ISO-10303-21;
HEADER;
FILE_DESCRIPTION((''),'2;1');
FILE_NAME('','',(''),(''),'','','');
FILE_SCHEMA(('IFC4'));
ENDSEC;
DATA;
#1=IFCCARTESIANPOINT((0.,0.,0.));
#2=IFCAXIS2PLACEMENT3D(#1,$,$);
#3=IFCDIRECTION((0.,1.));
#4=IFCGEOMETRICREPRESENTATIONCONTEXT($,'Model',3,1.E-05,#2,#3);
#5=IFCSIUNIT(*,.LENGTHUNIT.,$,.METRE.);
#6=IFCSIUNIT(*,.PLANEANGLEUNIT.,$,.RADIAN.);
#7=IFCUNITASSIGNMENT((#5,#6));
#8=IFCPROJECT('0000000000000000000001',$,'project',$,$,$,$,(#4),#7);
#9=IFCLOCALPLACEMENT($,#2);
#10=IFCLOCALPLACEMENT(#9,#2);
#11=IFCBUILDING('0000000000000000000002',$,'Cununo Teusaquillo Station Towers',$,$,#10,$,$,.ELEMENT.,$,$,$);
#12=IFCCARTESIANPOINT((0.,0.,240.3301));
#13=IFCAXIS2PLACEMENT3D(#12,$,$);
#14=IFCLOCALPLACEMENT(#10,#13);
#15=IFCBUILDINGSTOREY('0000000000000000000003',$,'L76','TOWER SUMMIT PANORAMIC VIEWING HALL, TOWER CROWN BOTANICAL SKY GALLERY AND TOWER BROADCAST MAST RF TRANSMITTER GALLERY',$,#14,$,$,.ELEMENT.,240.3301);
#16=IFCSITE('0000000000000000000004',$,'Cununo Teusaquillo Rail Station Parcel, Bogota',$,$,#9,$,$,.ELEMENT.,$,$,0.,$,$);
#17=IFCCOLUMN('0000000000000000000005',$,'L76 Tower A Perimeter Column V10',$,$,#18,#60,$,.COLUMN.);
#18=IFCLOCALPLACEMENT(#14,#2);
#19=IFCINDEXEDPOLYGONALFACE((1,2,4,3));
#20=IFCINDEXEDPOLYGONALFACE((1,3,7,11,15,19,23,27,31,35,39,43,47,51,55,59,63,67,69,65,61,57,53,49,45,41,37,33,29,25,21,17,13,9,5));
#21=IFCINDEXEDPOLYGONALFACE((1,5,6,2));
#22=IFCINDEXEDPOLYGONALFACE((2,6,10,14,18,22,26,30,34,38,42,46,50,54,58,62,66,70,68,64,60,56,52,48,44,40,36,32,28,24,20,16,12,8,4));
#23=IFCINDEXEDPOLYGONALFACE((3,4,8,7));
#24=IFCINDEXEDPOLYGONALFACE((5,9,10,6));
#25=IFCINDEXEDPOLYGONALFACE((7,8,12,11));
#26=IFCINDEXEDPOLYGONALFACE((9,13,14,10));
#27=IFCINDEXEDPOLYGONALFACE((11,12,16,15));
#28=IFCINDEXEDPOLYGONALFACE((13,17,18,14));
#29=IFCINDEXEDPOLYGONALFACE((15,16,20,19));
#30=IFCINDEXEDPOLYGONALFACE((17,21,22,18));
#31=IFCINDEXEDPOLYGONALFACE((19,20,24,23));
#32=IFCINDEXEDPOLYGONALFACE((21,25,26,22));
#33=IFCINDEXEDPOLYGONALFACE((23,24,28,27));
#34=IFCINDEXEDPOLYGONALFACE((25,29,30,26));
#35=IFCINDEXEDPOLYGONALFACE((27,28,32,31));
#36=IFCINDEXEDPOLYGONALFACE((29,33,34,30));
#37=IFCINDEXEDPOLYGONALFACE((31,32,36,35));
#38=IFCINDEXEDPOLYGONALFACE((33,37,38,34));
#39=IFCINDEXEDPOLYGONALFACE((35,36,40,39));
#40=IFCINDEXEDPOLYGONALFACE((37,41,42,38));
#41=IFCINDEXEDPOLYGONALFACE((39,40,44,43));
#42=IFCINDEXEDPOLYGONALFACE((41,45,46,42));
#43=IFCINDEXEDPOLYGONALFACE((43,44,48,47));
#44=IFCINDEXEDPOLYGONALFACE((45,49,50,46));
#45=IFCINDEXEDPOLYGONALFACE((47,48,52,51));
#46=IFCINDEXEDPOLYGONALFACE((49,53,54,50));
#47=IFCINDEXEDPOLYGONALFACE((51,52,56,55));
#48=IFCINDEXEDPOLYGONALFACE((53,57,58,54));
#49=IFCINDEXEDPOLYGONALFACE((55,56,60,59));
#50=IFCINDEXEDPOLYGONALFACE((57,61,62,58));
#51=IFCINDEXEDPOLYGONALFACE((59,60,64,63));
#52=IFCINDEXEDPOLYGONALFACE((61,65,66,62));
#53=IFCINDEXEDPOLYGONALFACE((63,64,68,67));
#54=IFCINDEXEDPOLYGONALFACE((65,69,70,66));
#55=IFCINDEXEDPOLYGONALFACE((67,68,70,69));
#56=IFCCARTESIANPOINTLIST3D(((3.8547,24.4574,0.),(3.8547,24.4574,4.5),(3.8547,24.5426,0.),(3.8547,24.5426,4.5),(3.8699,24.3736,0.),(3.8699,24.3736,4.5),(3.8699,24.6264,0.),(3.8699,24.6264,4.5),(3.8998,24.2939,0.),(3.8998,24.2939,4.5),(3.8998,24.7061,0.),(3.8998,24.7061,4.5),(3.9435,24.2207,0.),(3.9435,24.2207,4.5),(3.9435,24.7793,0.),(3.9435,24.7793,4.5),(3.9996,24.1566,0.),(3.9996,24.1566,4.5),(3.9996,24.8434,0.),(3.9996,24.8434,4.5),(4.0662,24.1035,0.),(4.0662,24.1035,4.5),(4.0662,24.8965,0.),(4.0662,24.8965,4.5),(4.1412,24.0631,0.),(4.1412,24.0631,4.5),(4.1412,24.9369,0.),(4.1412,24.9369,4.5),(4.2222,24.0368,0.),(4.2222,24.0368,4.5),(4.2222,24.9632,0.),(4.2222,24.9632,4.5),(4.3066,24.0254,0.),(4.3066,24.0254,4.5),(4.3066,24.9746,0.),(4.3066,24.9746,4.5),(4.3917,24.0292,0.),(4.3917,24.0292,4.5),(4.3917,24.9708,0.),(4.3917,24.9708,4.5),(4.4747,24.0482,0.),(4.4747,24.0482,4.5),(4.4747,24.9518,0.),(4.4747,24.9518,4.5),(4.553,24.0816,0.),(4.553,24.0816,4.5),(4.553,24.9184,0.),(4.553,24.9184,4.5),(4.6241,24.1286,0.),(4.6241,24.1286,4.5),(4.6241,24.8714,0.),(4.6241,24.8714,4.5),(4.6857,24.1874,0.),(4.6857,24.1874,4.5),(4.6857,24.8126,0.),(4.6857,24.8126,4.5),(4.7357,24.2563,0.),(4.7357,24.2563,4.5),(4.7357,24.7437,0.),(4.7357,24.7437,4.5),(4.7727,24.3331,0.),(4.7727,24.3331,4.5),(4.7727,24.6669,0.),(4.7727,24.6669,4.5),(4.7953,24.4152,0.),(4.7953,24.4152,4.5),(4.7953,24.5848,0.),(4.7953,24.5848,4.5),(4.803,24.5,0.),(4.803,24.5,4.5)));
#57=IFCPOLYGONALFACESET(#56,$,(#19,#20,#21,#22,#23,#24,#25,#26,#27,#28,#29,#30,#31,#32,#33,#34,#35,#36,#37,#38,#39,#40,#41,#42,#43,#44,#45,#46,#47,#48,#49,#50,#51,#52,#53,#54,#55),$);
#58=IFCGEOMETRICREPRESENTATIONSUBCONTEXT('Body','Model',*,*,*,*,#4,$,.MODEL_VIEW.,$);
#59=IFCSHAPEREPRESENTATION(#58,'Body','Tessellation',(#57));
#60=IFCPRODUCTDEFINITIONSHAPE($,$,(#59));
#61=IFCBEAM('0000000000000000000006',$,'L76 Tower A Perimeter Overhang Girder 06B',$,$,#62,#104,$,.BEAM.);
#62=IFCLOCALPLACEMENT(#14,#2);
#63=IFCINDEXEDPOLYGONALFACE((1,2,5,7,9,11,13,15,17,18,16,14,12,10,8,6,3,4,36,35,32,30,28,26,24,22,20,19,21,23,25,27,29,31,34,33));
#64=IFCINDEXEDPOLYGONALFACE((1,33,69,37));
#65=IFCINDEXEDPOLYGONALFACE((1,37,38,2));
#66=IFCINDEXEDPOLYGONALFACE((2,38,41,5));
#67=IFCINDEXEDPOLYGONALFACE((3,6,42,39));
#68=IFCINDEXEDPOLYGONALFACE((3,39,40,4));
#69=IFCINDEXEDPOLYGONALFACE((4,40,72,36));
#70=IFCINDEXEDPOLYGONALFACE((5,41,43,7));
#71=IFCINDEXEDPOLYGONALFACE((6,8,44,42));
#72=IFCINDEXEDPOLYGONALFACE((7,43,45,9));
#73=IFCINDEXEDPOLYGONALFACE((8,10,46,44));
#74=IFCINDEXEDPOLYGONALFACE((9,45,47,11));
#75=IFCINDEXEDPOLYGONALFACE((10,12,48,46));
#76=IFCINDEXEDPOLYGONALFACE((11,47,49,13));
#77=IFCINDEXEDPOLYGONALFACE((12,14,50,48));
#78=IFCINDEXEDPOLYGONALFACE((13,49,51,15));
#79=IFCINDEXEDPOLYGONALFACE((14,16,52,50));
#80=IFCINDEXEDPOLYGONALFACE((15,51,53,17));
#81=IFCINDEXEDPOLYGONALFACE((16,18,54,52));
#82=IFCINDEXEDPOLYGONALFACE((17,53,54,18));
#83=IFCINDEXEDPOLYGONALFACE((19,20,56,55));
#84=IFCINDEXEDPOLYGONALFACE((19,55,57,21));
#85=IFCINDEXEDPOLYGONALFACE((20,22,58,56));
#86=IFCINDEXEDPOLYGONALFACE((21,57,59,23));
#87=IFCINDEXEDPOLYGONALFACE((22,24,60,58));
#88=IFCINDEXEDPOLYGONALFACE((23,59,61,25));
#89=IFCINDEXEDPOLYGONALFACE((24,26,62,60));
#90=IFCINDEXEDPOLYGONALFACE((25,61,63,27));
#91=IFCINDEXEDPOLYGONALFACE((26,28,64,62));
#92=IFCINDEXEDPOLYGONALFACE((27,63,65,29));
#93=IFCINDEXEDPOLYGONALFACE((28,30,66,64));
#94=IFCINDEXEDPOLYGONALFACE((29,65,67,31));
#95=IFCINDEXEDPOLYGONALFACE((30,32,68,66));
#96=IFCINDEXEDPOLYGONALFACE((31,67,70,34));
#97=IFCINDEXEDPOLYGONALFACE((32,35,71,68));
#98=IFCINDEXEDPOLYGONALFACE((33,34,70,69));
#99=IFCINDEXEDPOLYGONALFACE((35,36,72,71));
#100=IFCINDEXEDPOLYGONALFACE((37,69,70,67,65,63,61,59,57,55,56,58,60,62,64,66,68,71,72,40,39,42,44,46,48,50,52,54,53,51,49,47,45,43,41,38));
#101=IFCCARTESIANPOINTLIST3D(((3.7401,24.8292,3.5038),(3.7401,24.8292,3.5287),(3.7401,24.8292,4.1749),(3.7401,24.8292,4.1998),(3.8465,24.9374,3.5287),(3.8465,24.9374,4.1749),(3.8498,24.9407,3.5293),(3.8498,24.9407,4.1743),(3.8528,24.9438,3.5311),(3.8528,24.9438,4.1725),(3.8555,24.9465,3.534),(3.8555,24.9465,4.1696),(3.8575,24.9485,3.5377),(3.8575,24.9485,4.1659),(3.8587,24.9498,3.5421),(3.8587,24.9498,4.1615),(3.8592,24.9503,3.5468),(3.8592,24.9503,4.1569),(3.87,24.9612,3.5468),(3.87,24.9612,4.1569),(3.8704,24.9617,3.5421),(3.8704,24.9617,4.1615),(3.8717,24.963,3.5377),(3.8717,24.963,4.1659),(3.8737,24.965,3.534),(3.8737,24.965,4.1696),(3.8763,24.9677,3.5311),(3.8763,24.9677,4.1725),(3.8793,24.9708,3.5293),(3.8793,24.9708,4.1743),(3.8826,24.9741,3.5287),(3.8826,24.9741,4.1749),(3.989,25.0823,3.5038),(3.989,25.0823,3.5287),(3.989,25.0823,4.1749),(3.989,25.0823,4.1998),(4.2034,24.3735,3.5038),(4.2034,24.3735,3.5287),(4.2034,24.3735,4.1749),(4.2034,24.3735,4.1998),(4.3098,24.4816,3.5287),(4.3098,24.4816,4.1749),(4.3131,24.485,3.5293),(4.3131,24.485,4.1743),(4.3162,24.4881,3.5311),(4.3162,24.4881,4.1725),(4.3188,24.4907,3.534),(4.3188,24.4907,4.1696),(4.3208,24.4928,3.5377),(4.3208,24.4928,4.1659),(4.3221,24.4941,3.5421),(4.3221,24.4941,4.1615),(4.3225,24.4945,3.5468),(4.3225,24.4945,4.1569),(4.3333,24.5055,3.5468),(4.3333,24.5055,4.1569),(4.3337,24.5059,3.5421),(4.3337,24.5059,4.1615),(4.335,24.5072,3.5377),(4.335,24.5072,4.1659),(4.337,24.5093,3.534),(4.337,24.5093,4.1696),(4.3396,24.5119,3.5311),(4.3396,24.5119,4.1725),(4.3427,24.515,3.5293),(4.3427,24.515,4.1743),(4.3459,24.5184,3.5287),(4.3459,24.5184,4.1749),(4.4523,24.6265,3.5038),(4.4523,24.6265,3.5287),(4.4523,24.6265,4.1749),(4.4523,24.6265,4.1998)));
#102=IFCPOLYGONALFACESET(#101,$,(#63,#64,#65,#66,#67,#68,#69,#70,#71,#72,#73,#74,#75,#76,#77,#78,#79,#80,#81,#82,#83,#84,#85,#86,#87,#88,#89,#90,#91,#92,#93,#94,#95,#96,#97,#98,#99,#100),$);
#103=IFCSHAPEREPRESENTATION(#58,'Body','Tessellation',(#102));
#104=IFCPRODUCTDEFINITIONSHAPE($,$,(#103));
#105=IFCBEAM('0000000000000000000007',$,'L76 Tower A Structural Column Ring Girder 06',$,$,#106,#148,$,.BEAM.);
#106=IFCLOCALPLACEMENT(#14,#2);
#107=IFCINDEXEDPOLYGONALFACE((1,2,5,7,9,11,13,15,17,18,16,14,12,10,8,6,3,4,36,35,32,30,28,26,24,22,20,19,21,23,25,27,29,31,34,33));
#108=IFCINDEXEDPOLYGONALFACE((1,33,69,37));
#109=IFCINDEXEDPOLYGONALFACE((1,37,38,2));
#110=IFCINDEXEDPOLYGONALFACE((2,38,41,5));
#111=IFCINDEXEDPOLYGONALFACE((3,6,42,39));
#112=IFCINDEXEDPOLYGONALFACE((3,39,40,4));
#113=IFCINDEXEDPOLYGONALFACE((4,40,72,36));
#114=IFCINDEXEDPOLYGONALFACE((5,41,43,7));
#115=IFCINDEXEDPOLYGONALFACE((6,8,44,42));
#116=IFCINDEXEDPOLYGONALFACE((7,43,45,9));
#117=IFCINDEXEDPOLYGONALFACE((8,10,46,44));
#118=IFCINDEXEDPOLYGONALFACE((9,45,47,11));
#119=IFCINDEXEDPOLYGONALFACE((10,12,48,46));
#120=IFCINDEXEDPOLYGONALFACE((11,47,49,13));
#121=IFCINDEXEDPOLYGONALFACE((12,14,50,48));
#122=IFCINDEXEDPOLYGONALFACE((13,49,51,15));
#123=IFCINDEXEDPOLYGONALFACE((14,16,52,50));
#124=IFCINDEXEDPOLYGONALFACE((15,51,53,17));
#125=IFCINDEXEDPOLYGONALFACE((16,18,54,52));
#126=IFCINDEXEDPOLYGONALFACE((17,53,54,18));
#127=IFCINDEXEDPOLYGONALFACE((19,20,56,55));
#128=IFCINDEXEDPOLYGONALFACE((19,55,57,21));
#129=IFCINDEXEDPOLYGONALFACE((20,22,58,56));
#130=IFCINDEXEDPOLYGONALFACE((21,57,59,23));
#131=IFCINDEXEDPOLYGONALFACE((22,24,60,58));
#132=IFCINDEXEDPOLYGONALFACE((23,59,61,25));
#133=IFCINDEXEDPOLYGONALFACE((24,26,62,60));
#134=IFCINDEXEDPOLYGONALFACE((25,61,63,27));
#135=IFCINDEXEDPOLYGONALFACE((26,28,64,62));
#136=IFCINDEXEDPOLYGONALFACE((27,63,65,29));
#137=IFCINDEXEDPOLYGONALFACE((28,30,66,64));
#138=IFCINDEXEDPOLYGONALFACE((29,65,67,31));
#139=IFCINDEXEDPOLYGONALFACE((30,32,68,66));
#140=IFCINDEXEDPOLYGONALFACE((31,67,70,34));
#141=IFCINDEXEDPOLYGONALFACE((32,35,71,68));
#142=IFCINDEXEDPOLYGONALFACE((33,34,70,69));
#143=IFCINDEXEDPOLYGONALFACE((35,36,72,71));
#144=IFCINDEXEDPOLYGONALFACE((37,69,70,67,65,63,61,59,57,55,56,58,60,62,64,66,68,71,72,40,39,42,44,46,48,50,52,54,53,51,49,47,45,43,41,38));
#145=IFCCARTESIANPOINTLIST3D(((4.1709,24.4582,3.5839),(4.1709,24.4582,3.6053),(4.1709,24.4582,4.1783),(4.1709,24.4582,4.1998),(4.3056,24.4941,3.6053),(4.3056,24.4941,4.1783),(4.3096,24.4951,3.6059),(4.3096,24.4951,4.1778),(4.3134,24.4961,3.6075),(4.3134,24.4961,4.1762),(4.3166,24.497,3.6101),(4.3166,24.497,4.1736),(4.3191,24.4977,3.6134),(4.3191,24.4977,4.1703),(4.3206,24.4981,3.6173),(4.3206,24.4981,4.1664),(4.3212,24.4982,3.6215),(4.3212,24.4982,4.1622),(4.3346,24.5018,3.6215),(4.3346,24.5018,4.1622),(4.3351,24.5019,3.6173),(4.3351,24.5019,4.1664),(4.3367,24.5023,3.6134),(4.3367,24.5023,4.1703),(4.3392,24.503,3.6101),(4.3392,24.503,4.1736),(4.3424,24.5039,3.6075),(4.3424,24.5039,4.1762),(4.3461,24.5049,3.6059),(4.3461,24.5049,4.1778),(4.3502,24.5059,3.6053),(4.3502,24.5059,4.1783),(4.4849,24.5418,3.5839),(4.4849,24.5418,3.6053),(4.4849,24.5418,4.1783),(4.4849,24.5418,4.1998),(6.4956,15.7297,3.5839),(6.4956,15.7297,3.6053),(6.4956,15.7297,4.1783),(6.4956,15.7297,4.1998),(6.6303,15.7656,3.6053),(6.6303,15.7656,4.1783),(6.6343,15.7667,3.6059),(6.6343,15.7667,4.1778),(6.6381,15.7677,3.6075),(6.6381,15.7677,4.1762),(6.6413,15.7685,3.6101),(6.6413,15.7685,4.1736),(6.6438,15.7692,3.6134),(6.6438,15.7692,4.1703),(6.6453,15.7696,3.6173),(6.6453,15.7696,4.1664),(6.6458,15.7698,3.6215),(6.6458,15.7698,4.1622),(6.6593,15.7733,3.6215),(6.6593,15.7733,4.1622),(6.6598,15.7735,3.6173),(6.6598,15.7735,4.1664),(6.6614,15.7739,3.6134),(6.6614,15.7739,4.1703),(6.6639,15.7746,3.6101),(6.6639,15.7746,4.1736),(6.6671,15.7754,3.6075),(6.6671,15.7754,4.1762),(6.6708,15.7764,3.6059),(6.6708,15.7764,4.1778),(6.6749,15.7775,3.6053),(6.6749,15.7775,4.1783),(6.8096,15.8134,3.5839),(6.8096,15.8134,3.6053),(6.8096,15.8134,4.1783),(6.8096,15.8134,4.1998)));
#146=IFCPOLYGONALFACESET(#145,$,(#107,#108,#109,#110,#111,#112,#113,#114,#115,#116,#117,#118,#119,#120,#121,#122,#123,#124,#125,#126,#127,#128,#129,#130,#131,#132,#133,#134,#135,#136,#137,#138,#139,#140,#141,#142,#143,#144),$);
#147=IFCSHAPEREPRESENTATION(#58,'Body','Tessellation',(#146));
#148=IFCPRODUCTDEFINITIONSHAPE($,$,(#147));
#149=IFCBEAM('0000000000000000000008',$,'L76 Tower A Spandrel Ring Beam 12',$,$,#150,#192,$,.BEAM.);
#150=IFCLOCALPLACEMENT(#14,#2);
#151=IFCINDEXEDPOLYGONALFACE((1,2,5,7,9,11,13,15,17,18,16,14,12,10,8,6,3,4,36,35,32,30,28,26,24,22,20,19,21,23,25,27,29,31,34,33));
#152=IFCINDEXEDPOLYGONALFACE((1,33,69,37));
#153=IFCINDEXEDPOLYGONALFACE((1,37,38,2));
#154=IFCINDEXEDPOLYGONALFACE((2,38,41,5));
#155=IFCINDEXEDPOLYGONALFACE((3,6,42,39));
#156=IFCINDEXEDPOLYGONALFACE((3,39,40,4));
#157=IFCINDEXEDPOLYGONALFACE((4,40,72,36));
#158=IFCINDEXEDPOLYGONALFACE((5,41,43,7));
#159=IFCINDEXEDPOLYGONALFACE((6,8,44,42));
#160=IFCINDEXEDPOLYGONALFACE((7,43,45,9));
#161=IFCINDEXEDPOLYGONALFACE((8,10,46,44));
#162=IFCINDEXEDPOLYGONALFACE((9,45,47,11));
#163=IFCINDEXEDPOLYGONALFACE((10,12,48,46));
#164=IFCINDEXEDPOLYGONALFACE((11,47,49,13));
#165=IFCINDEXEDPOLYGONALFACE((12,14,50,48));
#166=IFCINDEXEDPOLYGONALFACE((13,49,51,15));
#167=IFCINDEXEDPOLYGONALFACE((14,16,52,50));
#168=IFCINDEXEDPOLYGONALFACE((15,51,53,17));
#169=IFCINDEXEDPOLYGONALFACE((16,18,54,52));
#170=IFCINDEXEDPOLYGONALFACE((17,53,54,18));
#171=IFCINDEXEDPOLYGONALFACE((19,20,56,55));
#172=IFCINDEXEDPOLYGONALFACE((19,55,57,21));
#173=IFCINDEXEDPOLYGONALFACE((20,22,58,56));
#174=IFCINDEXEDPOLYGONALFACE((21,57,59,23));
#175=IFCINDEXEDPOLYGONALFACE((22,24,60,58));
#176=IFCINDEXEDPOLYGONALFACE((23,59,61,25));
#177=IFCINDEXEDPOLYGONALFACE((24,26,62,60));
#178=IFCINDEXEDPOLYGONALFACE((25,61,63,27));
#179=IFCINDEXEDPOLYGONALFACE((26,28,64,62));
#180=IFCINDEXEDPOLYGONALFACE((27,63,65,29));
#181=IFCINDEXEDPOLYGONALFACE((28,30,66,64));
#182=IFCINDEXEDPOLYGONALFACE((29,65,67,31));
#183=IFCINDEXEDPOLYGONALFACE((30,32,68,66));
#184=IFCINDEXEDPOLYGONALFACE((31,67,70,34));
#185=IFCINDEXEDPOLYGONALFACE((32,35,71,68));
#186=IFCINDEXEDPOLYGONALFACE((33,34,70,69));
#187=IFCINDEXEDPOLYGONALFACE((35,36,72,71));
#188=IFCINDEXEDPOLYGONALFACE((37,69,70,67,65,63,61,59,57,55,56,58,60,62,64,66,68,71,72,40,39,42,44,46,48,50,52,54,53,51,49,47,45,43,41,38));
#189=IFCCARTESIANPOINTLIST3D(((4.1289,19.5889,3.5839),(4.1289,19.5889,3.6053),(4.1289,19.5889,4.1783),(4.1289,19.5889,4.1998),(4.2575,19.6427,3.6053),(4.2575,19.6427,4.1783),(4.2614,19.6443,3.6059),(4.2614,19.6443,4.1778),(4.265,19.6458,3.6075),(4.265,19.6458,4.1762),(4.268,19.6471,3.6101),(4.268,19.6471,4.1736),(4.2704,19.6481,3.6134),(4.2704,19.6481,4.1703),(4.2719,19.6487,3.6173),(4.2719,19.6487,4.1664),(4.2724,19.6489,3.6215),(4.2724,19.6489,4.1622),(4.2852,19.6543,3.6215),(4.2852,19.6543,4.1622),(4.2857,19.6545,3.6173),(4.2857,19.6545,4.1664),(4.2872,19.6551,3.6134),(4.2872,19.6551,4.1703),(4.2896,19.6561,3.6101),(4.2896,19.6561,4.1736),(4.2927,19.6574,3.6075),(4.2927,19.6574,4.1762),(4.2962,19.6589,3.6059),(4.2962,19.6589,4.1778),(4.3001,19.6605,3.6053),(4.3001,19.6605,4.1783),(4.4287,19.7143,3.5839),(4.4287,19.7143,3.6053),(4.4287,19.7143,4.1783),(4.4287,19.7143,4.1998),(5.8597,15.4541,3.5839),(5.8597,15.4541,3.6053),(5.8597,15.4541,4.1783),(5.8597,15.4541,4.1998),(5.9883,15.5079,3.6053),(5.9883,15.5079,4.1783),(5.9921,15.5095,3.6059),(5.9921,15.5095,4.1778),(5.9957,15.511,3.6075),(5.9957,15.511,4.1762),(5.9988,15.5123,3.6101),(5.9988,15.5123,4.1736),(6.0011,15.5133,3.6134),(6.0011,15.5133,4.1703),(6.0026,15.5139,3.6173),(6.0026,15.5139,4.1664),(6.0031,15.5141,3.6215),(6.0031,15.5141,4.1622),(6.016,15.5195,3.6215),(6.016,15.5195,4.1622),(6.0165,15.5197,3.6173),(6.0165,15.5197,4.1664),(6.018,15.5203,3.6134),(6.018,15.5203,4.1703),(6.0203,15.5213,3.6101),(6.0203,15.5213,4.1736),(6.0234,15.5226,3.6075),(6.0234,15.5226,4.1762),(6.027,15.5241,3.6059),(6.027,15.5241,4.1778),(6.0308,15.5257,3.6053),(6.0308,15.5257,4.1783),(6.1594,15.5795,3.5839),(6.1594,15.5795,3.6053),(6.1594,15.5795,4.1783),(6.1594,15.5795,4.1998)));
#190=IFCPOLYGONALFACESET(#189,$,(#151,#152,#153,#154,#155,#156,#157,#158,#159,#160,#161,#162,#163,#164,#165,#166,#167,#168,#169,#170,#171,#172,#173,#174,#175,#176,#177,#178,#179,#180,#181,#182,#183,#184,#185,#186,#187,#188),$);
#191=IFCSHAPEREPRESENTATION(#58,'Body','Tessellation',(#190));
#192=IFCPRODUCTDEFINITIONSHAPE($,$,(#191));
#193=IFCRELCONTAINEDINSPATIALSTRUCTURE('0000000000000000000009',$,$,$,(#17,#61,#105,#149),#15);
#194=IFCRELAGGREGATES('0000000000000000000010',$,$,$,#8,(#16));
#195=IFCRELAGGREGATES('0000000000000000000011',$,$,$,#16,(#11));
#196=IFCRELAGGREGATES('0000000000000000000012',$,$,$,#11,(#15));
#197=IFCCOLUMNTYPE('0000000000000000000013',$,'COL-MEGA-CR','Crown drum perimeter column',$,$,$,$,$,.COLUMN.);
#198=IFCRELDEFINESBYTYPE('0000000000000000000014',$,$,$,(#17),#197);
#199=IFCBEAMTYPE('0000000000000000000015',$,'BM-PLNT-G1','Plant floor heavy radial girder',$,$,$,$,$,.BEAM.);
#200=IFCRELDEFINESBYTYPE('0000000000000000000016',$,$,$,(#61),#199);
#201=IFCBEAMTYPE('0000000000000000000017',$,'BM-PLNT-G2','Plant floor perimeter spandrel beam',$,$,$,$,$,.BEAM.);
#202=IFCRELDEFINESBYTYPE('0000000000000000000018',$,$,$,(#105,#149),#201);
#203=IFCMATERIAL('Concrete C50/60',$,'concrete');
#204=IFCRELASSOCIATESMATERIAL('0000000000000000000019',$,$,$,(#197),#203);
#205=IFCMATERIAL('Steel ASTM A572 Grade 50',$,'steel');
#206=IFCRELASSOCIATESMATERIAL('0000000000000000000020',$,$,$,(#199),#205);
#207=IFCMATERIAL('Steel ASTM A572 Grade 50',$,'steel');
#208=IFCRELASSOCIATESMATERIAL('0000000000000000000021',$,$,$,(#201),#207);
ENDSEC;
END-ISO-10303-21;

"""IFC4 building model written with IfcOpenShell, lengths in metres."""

from ifc_helpers import new_model, si_unit, direction, frame, origin, origin_2d, place, context, subcontext, project, spatial, circle, i_section, extrude, material, material_profile, profile_set, type_object, element, save


model = new_model("IFC4")

# Units and contexts
model_context = context("Model", 3, precision=1e-05, world=origin(), true_north=direction((0.0, 1.0)))
body_context = subcontext(model_context, "Body", "Model", "MODEL_VIEW")
ifc_project = project(units=[si_unit("LENGTHUNIT", "METRE"), si_unit("PLANEANGLEUNIT", "RADIAN")], contexts=[model_context])

# Site, building, storey
site_placement = place(None, origin())
site = spatial("IfcSite", under=ifc_project, at=site_placement, Name="Cununo Teusaquillo Rail Station Parcel, Bogota", CompositionType="ELEMENT", RefElevation=0.0)
building_placement = place(site_placement, origin())
building = spatial("IfcBuilding", under=site, at=building_placement, Name="Cununo Teusaquillo Station Towers", CompositionType="ELEMENT")
storey_placement = place(building_placement, frame((0.0, 0.0, 240.3301)))
storey = spatial("IfcBuildingStorey", under=building, at=storey_placement, Name="L76", Description="TOWER SUMMIT PANORAMIC VIEWING HALL, TOWER CROWN BOTANICAL SKY GALLERY AND TOWER BROADCAST MAST RF TRANSMITTER GALLERY", CompositionType="ELEMENT", Elevation=240.3301)

# Column
ifc_material_1 = material(Name="Concrete C50/60", Category="concrete")
ifc_material_profile_1 = material_profile(ifc_material_1, circle(Radius=0.4751, at=origin_2d()), Name="RC-CIRC-950")
ifc_profile_set_1 = profile_set([ifc_material_profile_1], Name="Concrete C50/60")
column_type = type_object("IfcColumnType", Name="COL-MEGA-CR", Description="Crown drum perimeter column", PredefinedType="COLUMN", material=ifc_profile_set_1)
column_placement = place(storey_placement, frame((4.3279, 24.5, 0.0), z_axis=(0.0, 0.0, 1.0), x_axis=(1.0, 0.0, 0.0)))
element("IfcColumn", 1, at=column_placement, inside=storey, type_object=column_type, Name="L76 Tower A Perimeter Column V10", PredefinedType="COLUMN", context=body_context, shape_type="SweptSolid", body=[
    extrude(circle(Radius=0.4751, at=origin_2d()), origin(), (0.0, 0.0, 1.0), 4.5),
])

# Beams
ifc_material_2 = material(Name="Steel ASTM A572 Grade 50", Category="steel")
ifc_material_profile_2 = material_profile(ifc_material_2, i_section(OverallWidth=0.355, OverallDepth=0.696, WebThickness=0.0154, FlangeThickness=0.0249, FilletRadius=0.0181, at=origin_2d()), Name="W27X146")
ifc_profile_set_2 = profile_set([ifc_material_profile_2], Name="Steel ASTM A572 Grade 50")
beam_type_1 = type_object("IfcBeamType", Name="BM-PLNT-G1", Description="Plant floor heavy radial girder", PredefinedType="BEAM", material=ifc_profile_set_2)
beam_1_placement = place(storey_placement, frame((4.3279, 24.5, 3.8518), z_axis=(-0.712905, 0.701261, 0.0), x_axis=(-0.701261, -0.712905, 0.0)))
element("IfcBeam", 2, at=beam_1_placement, inside=storey, type_object=beam_type_1, Name="L76 Tower A Perimeter Overhang Girder 06B", PredefinedType="BEAM", context=body_context, shape_type="SweptSolid", body=[
    extrude(i_section(OverallWidth=0.355, OverallDepth=0.696, WebThickness=0.0154, FlangeThickness=0.0249, FilletRadius=0.0181, at=origin_2d()), origin(), (0.0, 0.0, 1.0), 0.6499),
])
ifc_material_3 = material(Name="Steel ASTM A572 Grade 50", Category="steel")
ifc_material_profile_3 = material_profile(ifc_material_3, i_section(OverallWidth=0.325, OverallDepth=0.616, WebThickness=0.0139, FlangeThickness=0.0215, FilletRadius=0.0161, at=origin_2d()), Name="W24X117")
ifc_profile_set_3 = profile_set([ifc_material_profile_3], Name="Steel ASTM A572 Grade 50")
beam_type_2 = type_object("IfcBeamType", Name="BM-PLNT-G2", Description="Plant floor perimeter spandrel beam", PredefinedType="BEAM", material=ifc_profile_set_3)
beam_2_placement = place(storey_placement, frame((4.3279, 24.5, 3.8918), z_axis=(0.257363, -0.966315, 0.0), x_axis=(0.966315, 0.257363, 0.0)))
element("IfcBeam", 3, at=beam_2_placement, inside=storey, type_object=beam_type_2, Name="L76 Tower A Structural Column Ring Girder 06", PredefinedType="BEAM", context=body_context, shape_type="SweptSolid", body=[
    extrude(i_section(OverallWidth=0.325, OverallDepth=0.616, WebThickness=0.0139, FlangeThickness=0.0215, FilletRadius=0.0161, at=origin_2d()), origin(), (0.0, 0.0, 1.0), 9.0327),
])
beam_3_placement = place(storey_placement, frame((4.2788, 19.6516, 3.8918), z_axis=(0.386115, -0.92245, 0.0), x_axis=(0.92245, 0.386115, 0.0)))
element("IfcBeam", 4, at=beam_3_placement, inside=storey, type_object=beam_type_2, Name="L76 Tower A Spandrel Ring Beam 12", PredefinedType="BEAM", context=body_context, shape_type="SweptSolid", body=[
    extrude(i_section(OverallWidth=0.325, OverallDepth=0.616, WebThickness=0.0139, FlangeThickness=0.0215, FilletRadius=0.0161, at=origin_2d()), origin(), (0.0, 0.0, 1.0), 4.4824),
])

save(model, "model.ifc")
